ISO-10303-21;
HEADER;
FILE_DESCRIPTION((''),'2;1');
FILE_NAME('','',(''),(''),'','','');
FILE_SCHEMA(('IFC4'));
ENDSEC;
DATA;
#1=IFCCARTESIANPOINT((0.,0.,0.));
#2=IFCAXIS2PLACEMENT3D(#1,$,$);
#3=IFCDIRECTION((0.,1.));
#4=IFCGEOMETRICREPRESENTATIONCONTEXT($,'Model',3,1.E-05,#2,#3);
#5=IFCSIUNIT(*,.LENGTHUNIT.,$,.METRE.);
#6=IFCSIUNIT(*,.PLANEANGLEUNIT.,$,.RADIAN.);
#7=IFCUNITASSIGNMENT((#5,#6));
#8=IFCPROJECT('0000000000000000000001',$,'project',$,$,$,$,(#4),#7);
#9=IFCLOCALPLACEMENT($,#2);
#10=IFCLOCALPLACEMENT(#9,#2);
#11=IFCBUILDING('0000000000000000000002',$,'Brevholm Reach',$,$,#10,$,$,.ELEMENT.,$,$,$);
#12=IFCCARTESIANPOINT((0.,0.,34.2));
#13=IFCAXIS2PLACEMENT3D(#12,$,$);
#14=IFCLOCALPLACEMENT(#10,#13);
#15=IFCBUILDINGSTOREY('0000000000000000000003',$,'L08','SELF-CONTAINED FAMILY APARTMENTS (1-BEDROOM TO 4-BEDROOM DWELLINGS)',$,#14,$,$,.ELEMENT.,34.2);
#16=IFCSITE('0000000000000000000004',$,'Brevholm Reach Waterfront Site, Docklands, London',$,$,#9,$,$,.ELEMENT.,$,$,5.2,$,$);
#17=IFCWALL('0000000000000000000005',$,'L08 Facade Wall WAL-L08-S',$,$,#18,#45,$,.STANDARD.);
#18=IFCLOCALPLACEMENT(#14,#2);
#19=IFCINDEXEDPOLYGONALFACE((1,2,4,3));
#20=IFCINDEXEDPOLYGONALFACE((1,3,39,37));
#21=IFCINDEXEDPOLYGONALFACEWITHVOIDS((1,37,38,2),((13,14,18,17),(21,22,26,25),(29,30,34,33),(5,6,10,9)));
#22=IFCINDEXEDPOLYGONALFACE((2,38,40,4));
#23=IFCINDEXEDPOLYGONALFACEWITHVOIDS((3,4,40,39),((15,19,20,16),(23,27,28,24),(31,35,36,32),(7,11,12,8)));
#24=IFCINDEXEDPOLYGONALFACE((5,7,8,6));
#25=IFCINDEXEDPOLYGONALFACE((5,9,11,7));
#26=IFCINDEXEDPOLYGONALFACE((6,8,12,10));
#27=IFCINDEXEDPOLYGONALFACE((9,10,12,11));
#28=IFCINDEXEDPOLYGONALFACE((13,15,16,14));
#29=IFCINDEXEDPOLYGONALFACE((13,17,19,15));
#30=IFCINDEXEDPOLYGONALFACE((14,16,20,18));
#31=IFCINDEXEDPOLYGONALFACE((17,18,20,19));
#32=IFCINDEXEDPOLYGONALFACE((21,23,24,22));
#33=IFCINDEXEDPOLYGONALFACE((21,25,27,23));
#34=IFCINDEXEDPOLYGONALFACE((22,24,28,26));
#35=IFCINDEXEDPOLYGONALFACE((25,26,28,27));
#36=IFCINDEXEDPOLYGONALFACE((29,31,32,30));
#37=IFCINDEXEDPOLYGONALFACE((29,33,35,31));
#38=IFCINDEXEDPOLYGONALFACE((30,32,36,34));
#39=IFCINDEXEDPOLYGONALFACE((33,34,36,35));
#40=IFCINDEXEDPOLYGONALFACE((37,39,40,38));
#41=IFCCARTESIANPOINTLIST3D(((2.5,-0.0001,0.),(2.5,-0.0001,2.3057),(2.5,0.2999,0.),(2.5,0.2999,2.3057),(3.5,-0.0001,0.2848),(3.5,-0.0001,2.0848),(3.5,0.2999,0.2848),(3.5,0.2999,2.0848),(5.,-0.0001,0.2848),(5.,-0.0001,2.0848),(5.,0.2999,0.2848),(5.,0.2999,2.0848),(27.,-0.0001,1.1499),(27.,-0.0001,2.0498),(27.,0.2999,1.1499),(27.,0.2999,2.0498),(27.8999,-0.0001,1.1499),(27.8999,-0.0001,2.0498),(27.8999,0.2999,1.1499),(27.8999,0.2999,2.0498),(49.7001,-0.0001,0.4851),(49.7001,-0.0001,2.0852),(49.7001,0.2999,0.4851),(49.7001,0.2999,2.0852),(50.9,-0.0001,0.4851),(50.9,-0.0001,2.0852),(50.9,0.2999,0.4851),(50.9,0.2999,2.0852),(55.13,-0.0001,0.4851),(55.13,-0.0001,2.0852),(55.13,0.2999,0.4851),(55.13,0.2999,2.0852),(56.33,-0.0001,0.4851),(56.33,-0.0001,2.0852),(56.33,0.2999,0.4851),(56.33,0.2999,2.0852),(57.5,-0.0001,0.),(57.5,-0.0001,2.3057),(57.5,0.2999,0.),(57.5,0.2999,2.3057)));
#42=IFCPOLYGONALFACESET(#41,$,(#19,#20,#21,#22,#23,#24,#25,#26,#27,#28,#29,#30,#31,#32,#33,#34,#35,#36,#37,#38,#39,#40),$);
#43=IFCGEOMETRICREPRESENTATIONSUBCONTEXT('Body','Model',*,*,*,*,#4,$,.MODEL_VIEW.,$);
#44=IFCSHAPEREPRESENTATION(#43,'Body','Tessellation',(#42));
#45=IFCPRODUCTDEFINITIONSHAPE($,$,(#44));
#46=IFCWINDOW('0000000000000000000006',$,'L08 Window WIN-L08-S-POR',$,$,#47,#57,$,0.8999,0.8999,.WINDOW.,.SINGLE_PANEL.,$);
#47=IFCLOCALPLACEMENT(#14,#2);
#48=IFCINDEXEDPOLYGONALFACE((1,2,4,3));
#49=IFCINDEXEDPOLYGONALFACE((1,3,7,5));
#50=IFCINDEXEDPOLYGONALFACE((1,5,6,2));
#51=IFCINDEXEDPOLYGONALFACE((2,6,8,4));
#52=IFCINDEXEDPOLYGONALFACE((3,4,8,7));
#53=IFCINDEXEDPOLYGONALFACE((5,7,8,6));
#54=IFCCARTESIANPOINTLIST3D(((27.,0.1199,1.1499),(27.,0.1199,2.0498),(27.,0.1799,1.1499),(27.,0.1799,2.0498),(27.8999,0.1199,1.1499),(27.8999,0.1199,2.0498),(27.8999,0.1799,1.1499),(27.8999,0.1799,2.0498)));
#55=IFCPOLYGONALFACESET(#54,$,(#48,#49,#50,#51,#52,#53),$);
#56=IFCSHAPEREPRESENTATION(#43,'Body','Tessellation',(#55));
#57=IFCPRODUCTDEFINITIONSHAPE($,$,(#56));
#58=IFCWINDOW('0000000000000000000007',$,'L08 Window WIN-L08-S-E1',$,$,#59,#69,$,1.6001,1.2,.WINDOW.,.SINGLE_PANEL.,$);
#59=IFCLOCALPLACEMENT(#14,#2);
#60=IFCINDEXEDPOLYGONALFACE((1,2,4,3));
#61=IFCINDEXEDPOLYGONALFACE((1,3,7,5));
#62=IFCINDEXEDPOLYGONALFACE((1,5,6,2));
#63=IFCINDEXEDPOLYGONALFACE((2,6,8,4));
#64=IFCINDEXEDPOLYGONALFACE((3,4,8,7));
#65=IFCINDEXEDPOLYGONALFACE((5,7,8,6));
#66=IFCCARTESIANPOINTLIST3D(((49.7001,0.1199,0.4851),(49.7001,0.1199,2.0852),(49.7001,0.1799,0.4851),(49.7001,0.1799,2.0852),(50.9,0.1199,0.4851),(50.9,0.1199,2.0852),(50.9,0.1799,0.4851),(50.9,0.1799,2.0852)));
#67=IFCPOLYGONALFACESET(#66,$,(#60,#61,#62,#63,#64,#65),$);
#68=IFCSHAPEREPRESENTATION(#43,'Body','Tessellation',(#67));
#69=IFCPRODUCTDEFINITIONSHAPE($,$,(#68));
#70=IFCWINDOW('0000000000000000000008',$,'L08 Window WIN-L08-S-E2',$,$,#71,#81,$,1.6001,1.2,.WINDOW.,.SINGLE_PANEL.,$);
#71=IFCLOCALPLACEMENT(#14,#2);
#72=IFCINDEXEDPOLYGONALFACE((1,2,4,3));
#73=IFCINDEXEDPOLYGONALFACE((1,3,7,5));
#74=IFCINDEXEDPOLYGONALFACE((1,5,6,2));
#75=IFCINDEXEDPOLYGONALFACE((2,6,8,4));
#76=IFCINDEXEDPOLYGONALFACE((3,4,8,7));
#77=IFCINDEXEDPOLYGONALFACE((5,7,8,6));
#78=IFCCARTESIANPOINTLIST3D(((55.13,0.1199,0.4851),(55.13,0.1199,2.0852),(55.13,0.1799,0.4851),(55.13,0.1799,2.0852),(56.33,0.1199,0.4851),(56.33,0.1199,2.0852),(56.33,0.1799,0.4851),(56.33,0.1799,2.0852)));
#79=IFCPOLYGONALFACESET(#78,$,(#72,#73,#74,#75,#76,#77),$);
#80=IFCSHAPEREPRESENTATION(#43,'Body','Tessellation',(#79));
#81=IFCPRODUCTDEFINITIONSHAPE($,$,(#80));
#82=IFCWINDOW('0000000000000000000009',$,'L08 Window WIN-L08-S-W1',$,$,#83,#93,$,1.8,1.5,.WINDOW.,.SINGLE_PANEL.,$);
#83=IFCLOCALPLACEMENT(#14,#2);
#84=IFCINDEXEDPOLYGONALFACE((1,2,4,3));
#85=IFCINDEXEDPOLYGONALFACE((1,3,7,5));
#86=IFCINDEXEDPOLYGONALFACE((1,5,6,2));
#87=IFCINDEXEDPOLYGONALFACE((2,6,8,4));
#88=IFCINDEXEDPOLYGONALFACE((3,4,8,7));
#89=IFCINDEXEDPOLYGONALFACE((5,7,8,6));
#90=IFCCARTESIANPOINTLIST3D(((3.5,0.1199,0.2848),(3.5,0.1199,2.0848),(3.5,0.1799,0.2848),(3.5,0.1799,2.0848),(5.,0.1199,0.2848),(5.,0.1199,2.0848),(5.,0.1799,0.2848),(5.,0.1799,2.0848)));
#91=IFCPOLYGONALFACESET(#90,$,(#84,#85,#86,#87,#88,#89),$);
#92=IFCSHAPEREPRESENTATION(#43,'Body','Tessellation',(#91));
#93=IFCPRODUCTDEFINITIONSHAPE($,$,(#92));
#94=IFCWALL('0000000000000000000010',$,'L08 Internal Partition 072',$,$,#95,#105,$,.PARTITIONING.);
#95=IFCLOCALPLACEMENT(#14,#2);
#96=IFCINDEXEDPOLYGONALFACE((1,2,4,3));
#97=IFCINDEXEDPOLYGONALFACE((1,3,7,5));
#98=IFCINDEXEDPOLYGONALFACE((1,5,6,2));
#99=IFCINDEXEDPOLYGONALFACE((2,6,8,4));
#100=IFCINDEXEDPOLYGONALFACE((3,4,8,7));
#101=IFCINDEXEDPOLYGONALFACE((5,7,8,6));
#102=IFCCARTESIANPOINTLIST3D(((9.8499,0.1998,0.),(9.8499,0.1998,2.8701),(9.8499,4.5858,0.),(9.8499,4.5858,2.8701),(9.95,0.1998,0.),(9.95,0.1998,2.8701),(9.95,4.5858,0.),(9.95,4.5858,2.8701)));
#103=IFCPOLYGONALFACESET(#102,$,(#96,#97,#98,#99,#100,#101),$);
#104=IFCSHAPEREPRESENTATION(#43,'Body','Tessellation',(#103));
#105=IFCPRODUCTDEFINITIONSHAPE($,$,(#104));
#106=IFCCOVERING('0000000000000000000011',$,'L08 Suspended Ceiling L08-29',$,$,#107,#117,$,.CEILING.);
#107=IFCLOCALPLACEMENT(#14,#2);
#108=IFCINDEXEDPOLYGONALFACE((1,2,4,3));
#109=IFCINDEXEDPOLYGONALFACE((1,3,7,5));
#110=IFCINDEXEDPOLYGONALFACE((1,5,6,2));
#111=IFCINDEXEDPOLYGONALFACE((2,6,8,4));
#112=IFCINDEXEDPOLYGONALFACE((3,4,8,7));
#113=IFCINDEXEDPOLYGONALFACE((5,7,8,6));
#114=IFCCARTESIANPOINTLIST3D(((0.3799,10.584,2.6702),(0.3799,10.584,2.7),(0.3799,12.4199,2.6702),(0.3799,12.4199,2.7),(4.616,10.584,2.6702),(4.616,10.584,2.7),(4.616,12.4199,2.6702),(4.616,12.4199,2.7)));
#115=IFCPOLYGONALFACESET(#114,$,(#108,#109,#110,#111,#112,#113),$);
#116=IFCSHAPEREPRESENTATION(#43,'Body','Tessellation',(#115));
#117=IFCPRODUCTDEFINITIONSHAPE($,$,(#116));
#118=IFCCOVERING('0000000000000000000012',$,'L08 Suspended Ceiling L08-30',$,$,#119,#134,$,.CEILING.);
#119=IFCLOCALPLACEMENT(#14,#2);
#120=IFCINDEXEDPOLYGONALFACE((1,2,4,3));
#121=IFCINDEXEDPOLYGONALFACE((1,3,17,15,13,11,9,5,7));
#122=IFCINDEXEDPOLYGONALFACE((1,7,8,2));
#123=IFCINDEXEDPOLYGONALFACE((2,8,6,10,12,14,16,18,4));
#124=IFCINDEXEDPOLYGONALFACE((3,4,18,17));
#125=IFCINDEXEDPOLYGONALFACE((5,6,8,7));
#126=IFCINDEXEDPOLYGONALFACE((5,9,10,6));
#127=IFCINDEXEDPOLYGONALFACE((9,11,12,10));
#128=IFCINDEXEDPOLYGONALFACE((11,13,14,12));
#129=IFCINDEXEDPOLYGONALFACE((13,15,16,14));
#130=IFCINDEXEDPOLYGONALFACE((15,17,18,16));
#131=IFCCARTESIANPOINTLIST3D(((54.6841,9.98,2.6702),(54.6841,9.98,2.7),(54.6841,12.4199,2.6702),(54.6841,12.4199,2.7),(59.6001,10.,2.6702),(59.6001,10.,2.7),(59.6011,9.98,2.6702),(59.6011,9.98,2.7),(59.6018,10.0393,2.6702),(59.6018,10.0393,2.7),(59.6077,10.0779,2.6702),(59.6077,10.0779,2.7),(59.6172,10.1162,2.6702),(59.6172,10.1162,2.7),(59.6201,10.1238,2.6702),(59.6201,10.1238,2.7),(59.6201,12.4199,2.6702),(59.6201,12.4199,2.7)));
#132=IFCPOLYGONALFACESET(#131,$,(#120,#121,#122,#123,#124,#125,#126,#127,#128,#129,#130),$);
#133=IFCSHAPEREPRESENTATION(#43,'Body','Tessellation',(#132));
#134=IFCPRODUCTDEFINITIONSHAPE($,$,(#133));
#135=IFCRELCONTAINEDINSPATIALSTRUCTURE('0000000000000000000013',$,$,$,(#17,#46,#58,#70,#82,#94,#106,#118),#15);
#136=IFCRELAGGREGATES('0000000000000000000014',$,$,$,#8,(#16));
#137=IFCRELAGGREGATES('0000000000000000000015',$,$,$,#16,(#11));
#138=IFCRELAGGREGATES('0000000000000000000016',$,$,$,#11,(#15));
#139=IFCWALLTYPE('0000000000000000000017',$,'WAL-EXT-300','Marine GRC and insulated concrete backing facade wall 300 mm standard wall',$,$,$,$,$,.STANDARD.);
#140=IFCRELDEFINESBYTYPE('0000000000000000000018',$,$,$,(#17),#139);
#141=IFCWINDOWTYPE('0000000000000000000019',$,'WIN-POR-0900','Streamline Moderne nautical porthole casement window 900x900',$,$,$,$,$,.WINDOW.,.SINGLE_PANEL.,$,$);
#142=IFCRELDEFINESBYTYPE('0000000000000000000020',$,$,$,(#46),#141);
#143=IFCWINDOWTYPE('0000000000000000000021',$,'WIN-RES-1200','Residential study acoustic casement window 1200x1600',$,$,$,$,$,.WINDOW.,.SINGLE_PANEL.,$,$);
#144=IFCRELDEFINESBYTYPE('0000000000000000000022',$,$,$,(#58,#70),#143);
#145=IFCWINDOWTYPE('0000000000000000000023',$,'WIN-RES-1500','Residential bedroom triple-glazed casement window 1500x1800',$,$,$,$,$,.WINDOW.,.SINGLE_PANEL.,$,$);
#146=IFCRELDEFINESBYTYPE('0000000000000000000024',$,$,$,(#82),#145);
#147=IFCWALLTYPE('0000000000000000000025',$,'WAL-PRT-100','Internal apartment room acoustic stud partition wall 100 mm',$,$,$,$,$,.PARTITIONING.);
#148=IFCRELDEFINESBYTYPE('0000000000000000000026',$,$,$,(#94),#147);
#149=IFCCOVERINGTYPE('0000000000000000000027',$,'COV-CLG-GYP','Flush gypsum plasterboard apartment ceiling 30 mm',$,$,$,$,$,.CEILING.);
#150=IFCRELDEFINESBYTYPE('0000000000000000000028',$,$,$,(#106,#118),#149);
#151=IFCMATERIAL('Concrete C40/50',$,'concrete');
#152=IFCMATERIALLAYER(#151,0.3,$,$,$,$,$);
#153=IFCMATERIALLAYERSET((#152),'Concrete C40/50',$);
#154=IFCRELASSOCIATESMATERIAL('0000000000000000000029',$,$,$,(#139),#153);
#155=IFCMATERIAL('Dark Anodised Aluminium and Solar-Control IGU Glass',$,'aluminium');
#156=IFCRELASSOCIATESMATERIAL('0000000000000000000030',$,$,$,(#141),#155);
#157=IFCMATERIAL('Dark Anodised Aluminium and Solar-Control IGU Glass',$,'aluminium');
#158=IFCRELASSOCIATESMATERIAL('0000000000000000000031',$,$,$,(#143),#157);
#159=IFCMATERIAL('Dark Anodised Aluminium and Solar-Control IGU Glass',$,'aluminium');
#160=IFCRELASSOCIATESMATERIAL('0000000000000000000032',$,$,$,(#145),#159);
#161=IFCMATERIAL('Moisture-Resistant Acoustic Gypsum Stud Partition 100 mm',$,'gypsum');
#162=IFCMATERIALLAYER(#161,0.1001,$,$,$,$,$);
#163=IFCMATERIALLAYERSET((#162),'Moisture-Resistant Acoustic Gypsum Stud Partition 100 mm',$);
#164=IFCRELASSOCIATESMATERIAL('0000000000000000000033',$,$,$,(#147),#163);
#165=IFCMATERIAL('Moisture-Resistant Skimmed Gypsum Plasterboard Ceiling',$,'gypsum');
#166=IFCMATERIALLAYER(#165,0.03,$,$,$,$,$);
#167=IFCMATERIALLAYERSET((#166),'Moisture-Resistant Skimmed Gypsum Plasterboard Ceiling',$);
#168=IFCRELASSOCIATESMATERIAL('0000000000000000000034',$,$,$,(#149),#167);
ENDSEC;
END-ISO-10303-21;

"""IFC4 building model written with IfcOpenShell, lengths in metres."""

from ifc_helpers import new_model, si_unit, direction, frame, frame_2d, origin, place, context, subcontext, project, spatial, polyline, rectangle, outline, extrude, material, layer, layer_set, type_object, element, fill, save


model = new_model("IFC4")

# Units and contexts
model_context = context("Model", 3, precision=1e-05, world=origin(), true_north=direction((0.0, 1.0)))
body_context = subcontext(model_context, "Body", "Model", "MODEL_VIEW")
ifc_project = project(units=[si_unit("LENGTHUNIT", "METRE"), si_unit("PLANEANGLEUNIT", "RADIAN")], contexts=[model_context])

# Site, building, storey
site_placement = place(None, origin())
site = spatial("IfcSite", under=ifc_project, at=site_placement, Name="Brevholm Reach Waterfront Site, Docklands, London", CompositionType="ELEMENT", RefElevation=5.2)
building_placement = place(site_placement, origin())
building = spatial("IfcBuilding", under=site, at=building_placement, Name="Brevholm Reach", CompositionType="ELEMENT")
storey_placement = place(building_placement, frame((0.0, 0.0, 34.2)))
storey = spatial("IfcBuildingStorey", under=building, at=storey_placement, Name="L08", Description="SELF-CONTAINED FAMILY APARTMENTS (1-BEDROOM TO 4-BEDROOM DWELLINGS)", CompositionType="ELEMENT", Elevation=34.2)

# Shared definitions
ifc_material_1 = material(Name="Concrete C40/50", Category="concrete")
ifc_layer_1 = layer(ifc_material_1, 0.3)
ifc_layer_set_1 = layer_set([ifc_layer_1], Name="Concrete C40/50")
wall_type_1 = type_object("IfcWallType", Name="WAL-EXT-300", Description="Marine GRC and insulated concrete backing facade wall 300 mm standard wall", PredefinedType="STANDARD", material=ifc_layer_set_1)

# Wall, openings, windows
wall_1_placement = place(storey_placement, frame((2.5, 0.1499, 0.0), z_axis=(0.0, 0.0, 1.0), x_axis=(1.0, 0.0, 0.0)))
wall_1 = element("IfcWall", 1, at=wall_1_placement, inside=storey, type_object=wall_type_1, Name="L08 Facade Wall WAL-L08-S", PredefinedType="STANDARD", context=body_context, shape_type="SweptSolid", body=[
    extrude(rectangle(XDim=55.0, YDim=0.3, at=frame_2d((27.5, 0.0))), origin(), (0.0, 0.0, 1.0), 2.3057),
])
opening_1_placement = place(wall_1_placement, frame((1.0, 0.0, 0.2849)))
opening_1 = element("IfcOpeningElement", 2, at=opening_1_placement, cuts=wall_1, PredefinedType="OPENING", context=body_context, shape_type="SweptSolid", body=[
    extrude(rectangle(XDim=1.5, YDim=1.8, at=frame_2d((0.75, 0.8999))), frame((0.0, 0.1599, 0.0), z_axis=(0.0, -1.0, 0.0), x_axis=(1.0, 0.0, 0.0)), (0.0, 0.0, 1.0), 0.3201),
])
opening_2_placement = place(wall_1_placement, frame((24.5, 0.0, 1.1499)))
opening_2 = element("IfcOpeningElement", 3, at=opening_2_placement, cuts=wall_1, PredefinedType="OPENING", context=body_context, shape_type="SweptSolid", body=[
    extrude(rectangle(XDim=0.8999, YDim=0.8999, at=frame_2d((0.45, 0.45))), frame((0.0, 0.1599, 0.0), z_axis=(0.0, -1.0, 0.0), x_axis=(1.0, 0.0, 0.0)), (0.0, 0.0, 1.0), 0.3201),
])
opening_3_placement = place(wall_1_placement, frame((47.2, 0.0, 0.4851)))
opening_3 = element("IfcOpeningElement", 4, at=opening_3_placement, cuts=wall_1, PredefinedType="OPENING", context=body_context, shape_type="SweptSolid", body=[
    extrude(rectangle(XDim=1.2, YDim=1.6001, at=frame_2d((0.6001, 0.8))), frame((0.0, 0.1599, 0.0), z_axis=(0.0, -1.0, 0.0), x_axis=(1.0, 0.0, 0.0)), (0.0, 0.0, 1.0), 0.3201),
])
opening_4_placement = place(wall_1_placement, frame((52.6299, 0.0, 0.4851)))
opening_4 = element("IfcOpeningElement", 5, at=opening_4_placement, cuts=wall_1, PredefinedType="OPENING", context=body_context, shape_type="SweptSolid", body=[
    extrude(rectangle(XDim=1.2, YDim=1.6001, at=frame_2d((0.6001, 0.8))), frame((0.0, 0.1599, 0.0), z_axis=(0.0, -1.0, 0.0), x_axis=(1.0, 0.0, 0.0)), (0.0, 0.0, 1.0), 0.3201),
])
ifc_material_2 = material(Name="Dark Anodised Aluminium and Solar-Control IGU Glass", Category="aluminium")
window_type_1 = type_object("IfcWindowType", Name="WIN-POR-0900", Description="Streamline Moderne nautical porthole casement window 900x900", PartitioningType="SINGLE_PANEL", PredefinedType="WINDOW", material=ifc_material_2)
window_1_placement = place(opening_2_placement, origin())
window_1 = element("IfcWindow", 6, at=window_1_placement, inside=storey, type_object=window_type_1, Name="L08 Window WIN-L08-S-POR", OverallHeight=0.8999, OverallWidth=0.8999, PartitioningType="SINGLE_PANEL", PredefinedType="WINDOW", context=body_context, shape_type="SweptSolid", body=[
    extrude(rectangle(XDim=0.8999, YDim=0.8999, at=frame_2d((0.45, 0.45))), frame((0.0, 0.03, 0.0), z_axis=(0.0, -1.0, 0.0), x_axis=(1.0, 0.0, 0.0)), (0.0, 0.0, 1.0), 0.0601),
])
fill(opening_2, window_1)
ifc_material_3 = material(Name="Dark Anodised Aluminium and Solar-Control IGU Glass", Category="aluminium")
window_type_2 = type_object("IfcWindowType", Name="WIN-RES-1200", Description="Residential study acoustic casement window 1200x1600", PartitioningType="SINGLE_PANEL", PredefinedType="WINDOW", material=ifc_material_3)
window_2_placement = place(opening_3_placement, origin())
window_2 = element("IfcWindow", 7, at=window_2_placement, inside=storey, type_object=window_type_2, Name="L08 Window WIN-L08-S-E1", OverallHeight=1.6001, OverallWidth=1.2, PartitioningType="SINGLE_PANEL", PredefinedType="WINDOW", context=body_context, shape_type="SweptSolid", body=[
    extrude(rectangle(XDim=1.2, YDim=1.6001, at=frame_2d((0.6001, 0.8))), frame((0.0, 0.03, 0.0), z_axis=(0.0, -1.0, 0.0), x_axis=(1.0, 0.0, 0.0)), (0.0, 0.0, 1.0), 0.0601),
])
fill(opening_3, window_2)
window_3_placement = place(opening_4_placement, origin())
window_3 = element("IfcWindow", 8, at=window_3_placement, inside=storey, type_object=window_type_2, Name="L08 Window WIN-L08-S-E2", OverallHeight=1.6001, OverallWidth=1.2, PartitioningType="SINGLE_PANEL", PredefinedType="WINDOW", context=body_context, shape_type="SweptSolid", body=[
    extrude(rectangle(XDim=1.2, YDim=1.6001, at=frame_2d((0.6001, 0.8))), frame((0.0, 0.03, 0.0), z_axis=(0.0, -1.0, 0.0), x_axis=(1.0, 0.0, 0.0)), (0.0, 0.0, 1.0), 0.0601),
])
fill(opening_4, window_3)
ifc_material_4 = material(Name="Dark Anodised Aluminium and Solar-Control IGU Glass", Category="aluminium")
window_type_3 = type_object("IfcWindowType", Name="WIN-RES-1500", Description="Residential bedroom triple-glazed casement window 1500x1800", PartitioningType="SINGLE_PANEL", PredefinedType="WINDOW", material=ifc_material_4)
window_4_placement = place(opening_1_placement, origin())
window_4 = element("IfcWindow", 9, at=window_4_placement, inside=storey, type_object=window_type_3, Name="L08 Window WIN-L08-S-W1", OverallHeight=1.8, OverallWidth=1.5, PartitioningType="SINGLE_PANEL", PredefinedType="WINDOW", context=body_context, shape_type="SweptSolid", body=[
    extrude(rectangle(XDim=1.5, YDim=1.8, at=frame_2d((0.75, 0.8999))), frame((0.0, 0.03, 0.0), z_axis=(0.0, -1.0, 0.0), x_axis=(1.0, 0.0, 0.0)), (0.0, 0.0, 1.0), 0.0601),
])
fill(opening_1, window_4)

# Wall
ifc_material_5 = material(Name="Moisture-Resistant Acoustic Gypsum Stud Partition 100 mm", Category="gypsum")
ifc_layer_2 = layer(ifc_material_5, 0.1001)
ifc_layer_set_2 = layer_set([ifc_layer_2], Name="Moisture-Resistant Acoustic Gypsum Stud Partition 100 mm")
wall_type_2 = type_object("IfcWallType", Name="WAL-PRT-100", Description="Internal apartment room acoustic stud partition wall 100 mm", PredefinedType="PARTITIONING", material=ifc_layer_set_2)
wall_2_placement = place(storey_placement, frame((9.8999, 0.2, 0.0), z_axis=(0.0, 0.0, 1.0), x_axis=(0.0, 1.0, 0.0)))
element("IfcWall", 10, at=wall_2_placement, inside=storey, type_object=wall_type_2, Name="L08 Internal Partition 072", PredefinedType="PARTITIONING", context=body_context, shape_type="SweptSolid", body=[
    extrude(rectangle(XDim=4.386, YDim=0.1001, at=frame_2d((2.1929, 0.0))), origin(), (0.0, 0.0, 1.0), 2.8701),
])

# Coverings
ifc_material_6 = material(Name="Moisture-Resistant Skimmed Gypsum Plasterboard Ceiling", Category="gypsum")
ifc_layer_3 = layer(ifc_material_6, 0.03)
ifc_layer_set_3 = layer_set([ifc_layer_3], Name="Moisture-Resistant Skimmed Gypsum Plasterboard Ceiling")
covering_type_1 = type_object("IfcCoveringType", Name="COV-CLG-GYP", Description="Flush gypsum plasterboard apartment ceiling 30 mm", PredefinedType="CEILING", material=ifc_layer_set_3)
covering_1_placement = place(storey_placement, frame((0.0, 0.0, 2.6702)))
element("IfcCovering", 11, at=covering_1_placement, inside=storey, type_object=covering_type_1, Name="L08 Suspended Ceiling L08-29", PredefinedType="CEILING", context=body_context, shape_type="SweptSolid", body=[
    extrude(outline(polyline([(0.3799, 12.4199), (4.616, 12.4199), (4.616, 10.584), (0.3799, 10.584), (0.3799, 12.4199)])), origin(), (0.0, 0.0, 1.0), 0.0298),
])
covering_2_placement = place(storey_placement, frame((0.0, 0.0, 2.6702)))
element("IfcCovering", 12, at=covering_2_placement, inside=storey, type_object=covering_type_1, Name="L08 Suspended Ceiling L08-30", PredefinedType="CEILING", context=body_context, shape_type="SweptSolid", body=[
    extrude(outline(polyline([(59.6201, 12.4199), (59.6201, 10.1238), (59.6172, 10.1162), (59.6077, 10.0779), (59.6018, 10.0393), (59.6001, 10.0), (59.6011, 9.98), (54.6841, 9.98), (54.6841, 12.4199), (59.6201, 12.4199)])), origin(), (0.0, 0.0, 1.0), 0.0298),
])

save(model, "model.ifc")
